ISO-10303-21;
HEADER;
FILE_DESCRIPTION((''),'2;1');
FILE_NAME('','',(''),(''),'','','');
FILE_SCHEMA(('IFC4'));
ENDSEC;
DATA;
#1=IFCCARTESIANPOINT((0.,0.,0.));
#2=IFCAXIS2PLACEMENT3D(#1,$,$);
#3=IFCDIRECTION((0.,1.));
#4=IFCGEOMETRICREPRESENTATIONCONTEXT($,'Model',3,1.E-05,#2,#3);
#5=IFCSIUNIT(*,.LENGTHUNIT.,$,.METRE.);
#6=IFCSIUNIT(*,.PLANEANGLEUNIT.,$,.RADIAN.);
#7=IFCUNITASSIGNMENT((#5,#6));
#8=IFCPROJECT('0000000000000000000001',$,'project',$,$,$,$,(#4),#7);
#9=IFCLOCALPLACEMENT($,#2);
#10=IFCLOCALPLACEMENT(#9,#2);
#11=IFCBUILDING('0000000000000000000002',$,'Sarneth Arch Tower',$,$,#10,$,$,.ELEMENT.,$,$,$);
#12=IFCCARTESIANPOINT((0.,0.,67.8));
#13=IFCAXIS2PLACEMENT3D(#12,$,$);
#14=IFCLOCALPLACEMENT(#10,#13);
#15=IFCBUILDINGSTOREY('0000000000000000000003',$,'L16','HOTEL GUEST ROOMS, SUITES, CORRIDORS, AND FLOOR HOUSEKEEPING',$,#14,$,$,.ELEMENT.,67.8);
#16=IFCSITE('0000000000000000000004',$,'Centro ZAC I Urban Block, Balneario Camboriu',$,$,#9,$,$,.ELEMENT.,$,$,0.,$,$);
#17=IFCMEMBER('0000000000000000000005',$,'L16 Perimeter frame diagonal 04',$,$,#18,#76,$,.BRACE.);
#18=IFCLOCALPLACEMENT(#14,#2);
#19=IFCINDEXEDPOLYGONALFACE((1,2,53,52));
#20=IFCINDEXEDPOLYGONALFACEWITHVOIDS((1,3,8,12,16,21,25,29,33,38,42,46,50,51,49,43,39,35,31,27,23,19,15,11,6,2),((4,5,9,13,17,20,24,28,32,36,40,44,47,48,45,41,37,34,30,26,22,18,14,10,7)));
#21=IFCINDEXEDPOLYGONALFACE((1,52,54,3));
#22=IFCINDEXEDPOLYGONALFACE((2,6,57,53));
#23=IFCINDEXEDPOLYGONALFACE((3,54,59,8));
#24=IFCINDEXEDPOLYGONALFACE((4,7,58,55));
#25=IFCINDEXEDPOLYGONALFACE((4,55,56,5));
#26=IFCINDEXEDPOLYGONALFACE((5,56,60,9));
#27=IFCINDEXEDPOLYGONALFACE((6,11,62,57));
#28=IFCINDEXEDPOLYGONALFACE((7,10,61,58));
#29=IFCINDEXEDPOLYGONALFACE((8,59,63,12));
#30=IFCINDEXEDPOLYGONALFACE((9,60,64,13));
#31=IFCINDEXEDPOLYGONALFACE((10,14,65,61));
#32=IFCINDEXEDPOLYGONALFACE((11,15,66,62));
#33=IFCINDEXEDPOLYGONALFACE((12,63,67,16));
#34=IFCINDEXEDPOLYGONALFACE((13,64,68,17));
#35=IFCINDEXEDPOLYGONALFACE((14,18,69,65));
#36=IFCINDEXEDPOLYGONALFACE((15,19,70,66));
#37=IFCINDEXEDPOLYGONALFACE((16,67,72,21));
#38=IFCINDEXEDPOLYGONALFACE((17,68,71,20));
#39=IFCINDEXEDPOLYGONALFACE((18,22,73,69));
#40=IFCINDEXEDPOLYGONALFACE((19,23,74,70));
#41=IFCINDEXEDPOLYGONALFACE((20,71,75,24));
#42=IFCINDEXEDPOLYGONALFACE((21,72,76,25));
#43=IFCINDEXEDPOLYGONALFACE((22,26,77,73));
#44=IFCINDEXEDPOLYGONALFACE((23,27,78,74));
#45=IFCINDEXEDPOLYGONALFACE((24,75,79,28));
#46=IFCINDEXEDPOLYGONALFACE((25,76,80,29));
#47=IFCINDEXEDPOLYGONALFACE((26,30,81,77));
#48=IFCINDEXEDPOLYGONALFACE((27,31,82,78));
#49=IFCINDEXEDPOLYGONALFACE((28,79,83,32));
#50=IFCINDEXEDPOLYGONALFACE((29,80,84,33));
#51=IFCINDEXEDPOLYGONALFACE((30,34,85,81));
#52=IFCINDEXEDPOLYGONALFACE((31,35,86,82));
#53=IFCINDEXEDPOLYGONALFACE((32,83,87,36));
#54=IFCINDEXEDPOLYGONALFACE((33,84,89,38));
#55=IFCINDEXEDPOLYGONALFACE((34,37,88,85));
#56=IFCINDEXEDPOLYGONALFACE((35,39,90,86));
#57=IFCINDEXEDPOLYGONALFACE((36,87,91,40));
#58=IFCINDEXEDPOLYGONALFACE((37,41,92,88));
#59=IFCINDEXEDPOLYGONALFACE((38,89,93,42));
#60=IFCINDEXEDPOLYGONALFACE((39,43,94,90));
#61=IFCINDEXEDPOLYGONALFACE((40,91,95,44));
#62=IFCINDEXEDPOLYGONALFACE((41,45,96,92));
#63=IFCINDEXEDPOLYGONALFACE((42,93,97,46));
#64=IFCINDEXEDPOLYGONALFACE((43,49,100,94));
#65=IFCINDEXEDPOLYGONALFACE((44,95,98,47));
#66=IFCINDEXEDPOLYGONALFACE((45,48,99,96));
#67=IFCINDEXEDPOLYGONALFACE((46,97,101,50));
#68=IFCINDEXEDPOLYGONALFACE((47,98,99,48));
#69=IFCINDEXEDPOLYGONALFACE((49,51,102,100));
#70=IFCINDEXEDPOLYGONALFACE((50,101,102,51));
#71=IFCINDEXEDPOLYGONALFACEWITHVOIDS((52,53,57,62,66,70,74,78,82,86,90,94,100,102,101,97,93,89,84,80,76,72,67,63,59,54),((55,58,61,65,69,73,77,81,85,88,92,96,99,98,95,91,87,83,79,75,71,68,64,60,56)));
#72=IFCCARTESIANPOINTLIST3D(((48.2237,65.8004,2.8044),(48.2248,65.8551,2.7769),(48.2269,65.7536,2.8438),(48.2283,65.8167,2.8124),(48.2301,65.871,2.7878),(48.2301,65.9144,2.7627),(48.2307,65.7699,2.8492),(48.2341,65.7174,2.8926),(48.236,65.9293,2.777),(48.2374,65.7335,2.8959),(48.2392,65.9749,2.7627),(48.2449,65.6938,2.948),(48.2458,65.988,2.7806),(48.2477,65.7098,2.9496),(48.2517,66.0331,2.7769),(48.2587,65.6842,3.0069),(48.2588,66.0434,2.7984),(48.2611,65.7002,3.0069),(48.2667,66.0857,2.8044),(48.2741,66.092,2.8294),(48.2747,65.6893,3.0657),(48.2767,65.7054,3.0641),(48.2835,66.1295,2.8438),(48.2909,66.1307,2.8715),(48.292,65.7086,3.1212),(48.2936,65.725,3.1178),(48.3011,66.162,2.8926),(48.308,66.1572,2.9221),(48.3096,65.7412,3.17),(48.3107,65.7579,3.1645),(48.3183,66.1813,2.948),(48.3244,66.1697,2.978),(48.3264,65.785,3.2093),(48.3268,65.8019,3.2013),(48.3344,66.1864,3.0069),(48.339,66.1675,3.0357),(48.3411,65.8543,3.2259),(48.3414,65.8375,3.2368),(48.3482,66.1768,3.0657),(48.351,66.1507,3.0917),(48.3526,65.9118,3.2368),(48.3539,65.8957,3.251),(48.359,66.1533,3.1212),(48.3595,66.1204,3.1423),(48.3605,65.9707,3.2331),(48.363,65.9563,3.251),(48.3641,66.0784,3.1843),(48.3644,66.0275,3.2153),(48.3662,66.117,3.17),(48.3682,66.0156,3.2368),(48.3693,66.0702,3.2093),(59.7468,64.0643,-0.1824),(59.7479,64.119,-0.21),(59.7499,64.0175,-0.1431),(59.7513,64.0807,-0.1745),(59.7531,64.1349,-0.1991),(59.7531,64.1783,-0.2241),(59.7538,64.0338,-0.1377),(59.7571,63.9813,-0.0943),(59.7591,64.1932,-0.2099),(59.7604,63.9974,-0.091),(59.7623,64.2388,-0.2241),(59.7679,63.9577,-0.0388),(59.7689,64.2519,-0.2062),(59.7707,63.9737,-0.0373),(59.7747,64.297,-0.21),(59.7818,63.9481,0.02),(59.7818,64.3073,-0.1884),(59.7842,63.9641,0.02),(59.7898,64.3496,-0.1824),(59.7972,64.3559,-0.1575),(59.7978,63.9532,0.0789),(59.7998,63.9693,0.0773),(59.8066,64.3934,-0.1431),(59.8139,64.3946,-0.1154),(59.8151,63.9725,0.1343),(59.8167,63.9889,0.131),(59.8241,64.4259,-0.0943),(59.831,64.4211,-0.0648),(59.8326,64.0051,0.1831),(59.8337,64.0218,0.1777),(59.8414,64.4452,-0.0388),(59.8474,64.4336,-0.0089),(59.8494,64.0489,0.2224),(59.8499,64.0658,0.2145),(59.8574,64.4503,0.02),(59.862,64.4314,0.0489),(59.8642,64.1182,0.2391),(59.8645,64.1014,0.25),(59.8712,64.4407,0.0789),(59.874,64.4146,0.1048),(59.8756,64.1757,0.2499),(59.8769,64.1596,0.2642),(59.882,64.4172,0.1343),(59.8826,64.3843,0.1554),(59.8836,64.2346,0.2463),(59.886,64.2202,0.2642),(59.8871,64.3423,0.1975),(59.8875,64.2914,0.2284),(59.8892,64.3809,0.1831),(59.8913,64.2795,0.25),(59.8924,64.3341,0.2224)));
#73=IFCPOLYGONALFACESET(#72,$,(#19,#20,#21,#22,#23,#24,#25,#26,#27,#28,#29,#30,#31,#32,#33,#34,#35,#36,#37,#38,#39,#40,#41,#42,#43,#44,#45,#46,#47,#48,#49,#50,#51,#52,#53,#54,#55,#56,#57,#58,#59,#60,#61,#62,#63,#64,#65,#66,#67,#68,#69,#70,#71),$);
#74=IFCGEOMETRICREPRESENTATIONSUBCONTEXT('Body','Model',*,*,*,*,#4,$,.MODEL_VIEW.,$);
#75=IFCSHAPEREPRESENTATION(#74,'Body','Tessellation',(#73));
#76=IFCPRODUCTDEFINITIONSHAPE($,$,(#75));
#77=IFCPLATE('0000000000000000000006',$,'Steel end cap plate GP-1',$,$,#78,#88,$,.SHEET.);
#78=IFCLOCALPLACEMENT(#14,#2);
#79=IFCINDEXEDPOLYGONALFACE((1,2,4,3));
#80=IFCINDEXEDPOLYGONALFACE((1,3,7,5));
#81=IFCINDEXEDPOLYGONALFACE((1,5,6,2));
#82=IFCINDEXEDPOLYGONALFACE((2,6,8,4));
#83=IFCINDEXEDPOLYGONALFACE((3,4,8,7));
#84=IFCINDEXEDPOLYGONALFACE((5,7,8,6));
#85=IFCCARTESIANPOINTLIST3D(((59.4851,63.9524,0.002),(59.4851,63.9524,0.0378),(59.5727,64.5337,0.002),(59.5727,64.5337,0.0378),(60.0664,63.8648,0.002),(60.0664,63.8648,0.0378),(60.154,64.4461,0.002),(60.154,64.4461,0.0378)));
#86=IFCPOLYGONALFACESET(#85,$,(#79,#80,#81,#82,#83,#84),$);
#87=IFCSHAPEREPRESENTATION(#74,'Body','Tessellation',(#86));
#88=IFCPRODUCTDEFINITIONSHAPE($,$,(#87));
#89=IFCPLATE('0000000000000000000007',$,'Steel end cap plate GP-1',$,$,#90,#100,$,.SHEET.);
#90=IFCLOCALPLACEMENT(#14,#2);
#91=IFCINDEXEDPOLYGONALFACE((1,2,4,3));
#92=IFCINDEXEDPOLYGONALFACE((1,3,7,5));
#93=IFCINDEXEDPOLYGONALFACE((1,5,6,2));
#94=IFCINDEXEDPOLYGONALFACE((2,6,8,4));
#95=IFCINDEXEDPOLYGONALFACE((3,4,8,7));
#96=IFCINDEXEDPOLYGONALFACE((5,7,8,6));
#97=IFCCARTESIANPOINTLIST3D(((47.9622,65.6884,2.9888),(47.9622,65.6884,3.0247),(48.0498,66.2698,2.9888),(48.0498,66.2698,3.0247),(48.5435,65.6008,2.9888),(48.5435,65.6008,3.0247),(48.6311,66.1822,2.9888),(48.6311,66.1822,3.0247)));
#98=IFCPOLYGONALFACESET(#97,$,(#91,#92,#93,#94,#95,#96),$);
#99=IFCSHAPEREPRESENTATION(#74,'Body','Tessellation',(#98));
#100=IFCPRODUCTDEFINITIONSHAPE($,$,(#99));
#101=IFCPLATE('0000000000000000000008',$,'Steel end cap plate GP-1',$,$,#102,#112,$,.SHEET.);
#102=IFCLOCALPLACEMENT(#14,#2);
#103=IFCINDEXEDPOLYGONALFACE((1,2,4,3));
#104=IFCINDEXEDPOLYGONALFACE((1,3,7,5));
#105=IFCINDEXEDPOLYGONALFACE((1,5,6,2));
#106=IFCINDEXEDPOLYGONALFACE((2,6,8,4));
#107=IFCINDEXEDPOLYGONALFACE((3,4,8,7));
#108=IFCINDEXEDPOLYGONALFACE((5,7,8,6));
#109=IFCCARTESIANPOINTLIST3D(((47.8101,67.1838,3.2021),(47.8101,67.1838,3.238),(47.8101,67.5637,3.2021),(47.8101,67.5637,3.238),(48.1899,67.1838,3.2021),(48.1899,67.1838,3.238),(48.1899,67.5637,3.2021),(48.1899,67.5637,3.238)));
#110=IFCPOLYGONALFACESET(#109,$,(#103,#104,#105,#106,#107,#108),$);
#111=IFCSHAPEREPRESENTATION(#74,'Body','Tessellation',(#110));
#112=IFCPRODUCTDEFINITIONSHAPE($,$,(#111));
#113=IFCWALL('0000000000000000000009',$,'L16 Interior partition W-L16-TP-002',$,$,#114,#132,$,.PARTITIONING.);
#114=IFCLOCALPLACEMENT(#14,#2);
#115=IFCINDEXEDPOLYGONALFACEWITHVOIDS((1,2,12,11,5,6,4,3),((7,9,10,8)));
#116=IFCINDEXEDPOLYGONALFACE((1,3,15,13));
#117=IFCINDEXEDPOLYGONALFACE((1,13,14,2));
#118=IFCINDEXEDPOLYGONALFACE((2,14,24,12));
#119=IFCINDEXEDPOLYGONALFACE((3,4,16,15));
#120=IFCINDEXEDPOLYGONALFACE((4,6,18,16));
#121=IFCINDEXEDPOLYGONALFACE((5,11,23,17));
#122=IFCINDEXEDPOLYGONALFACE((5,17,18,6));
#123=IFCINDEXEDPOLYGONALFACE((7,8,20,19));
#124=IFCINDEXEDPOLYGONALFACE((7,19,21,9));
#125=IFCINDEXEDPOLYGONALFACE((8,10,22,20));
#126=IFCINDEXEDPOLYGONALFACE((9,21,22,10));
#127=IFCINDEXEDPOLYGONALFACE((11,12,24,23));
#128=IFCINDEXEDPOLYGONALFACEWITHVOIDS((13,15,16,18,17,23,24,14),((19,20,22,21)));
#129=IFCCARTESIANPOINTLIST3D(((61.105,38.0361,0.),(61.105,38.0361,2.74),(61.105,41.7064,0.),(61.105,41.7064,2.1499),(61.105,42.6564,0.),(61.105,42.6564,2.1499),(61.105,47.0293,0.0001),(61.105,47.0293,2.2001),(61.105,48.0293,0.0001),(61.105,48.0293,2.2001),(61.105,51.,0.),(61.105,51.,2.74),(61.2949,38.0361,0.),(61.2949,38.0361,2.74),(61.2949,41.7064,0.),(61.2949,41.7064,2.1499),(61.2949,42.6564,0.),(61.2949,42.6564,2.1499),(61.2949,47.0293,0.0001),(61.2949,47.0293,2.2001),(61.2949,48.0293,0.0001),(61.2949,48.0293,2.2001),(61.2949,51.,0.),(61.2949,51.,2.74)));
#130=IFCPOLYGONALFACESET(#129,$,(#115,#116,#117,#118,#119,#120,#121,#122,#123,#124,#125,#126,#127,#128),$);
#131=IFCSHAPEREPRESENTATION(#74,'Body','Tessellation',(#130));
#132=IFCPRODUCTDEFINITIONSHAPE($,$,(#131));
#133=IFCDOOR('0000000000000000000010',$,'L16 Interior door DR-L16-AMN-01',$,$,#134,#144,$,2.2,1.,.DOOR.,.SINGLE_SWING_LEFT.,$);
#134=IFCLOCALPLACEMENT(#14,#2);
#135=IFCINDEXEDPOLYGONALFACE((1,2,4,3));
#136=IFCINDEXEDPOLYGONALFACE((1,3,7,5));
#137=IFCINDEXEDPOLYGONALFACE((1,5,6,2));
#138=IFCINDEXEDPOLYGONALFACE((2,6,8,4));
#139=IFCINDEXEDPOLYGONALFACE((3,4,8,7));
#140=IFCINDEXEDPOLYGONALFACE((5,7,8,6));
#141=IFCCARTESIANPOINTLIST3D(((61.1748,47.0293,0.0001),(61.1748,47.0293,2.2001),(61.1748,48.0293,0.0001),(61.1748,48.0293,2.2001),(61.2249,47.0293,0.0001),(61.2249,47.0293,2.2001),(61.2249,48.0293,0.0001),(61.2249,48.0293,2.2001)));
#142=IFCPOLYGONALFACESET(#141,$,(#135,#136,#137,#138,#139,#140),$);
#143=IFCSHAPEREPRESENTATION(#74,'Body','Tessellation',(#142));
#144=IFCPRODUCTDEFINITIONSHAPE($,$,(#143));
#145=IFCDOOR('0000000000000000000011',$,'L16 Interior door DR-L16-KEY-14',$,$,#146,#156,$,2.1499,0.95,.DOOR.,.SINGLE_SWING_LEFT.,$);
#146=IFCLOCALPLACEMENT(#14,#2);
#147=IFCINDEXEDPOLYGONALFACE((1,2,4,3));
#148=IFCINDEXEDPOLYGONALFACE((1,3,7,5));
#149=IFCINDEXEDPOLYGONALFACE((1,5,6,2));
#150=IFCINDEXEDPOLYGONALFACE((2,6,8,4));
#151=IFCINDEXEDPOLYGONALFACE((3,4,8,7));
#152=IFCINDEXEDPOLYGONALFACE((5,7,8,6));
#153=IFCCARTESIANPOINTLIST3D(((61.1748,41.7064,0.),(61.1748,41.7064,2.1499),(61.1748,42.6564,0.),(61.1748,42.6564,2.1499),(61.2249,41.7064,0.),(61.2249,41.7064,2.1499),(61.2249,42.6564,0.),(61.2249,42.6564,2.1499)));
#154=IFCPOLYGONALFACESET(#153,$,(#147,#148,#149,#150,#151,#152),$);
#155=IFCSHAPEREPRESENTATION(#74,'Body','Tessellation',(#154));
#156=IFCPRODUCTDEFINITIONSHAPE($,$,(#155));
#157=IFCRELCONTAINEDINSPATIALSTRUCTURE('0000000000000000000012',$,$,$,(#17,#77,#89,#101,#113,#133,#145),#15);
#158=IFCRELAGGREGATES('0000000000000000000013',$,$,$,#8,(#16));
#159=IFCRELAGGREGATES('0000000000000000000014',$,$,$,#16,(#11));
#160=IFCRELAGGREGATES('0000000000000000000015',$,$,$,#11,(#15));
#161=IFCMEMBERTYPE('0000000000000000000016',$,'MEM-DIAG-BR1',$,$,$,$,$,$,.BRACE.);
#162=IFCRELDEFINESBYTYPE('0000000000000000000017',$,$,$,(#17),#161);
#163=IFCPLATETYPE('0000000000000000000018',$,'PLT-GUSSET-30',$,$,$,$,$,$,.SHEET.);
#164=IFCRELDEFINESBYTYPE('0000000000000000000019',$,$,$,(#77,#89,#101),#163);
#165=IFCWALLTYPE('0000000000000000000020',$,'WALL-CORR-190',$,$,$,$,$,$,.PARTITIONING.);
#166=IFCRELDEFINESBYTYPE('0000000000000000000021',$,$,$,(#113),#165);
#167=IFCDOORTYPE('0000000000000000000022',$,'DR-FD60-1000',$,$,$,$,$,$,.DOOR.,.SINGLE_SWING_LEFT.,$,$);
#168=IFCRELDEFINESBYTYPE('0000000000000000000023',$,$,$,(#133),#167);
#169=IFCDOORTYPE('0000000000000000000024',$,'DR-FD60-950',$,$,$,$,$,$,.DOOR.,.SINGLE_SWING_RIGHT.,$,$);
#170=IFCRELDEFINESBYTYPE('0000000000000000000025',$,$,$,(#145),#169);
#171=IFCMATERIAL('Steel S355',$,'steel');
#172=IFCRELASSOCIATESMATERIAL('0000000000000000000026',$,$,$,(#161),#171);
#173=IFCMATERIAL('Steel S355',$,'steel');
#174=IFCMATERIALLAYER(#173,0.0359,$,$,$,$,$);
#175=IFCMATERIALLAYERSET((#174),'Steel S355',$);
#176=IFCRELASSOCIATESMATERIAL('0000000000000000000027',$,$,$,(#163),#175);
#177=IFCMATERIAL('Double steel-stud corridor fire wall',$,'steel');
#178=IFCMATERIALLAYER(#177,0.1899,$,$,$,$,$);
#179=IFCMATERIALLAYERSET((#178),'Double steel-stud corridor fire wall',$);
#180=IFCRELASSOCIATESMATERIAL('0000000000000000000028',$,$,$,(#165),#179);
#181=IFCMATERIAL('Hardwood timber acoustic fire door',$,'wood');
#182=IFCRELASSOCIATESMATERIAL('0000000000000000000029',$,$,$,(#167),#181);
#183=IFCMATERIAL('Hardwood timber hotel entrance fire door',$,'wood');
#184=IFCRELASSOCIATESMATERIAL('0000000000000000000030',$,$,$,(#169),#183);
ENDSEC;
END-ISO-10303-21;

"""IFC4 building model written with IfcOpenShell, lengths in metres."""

from ifc_helpers import new_model, si_unit, direction, frame, frame_2d, origin, origin_2d, place, context, subcontext, project, spatial, rectangle, hollow_circle, extrude, material, layer, layer_set, material_profile, profile_set, type_object, element, fill, save


model = new_model("IFC4")

# Units and contexts
model_context = context("Model", 3, precision=1e-05, world=origin(), true_north=direction((0.0, 1.0)))
body_context = subcontext(model_context, "Body", "Model", "MODEL_VIEW")
ifc_project = project(units=[si_unit("LENGTHUNIT", "METRE"), si_unit("PLANEANGLEUNIT", "RADIAN")], contexts=[model_context])

# Site, building, storey
site_placement = place(None, origin())
site = spatial("IfcSite", under=ifc_project, at=site_placement, Name="Centro ZAC I Urban Block, Balneario Camboriu", CompositionType="ELEMENT", RefElevation=0.0)
building_placement = place(site_placement, origin())
building = spatial("IfcBuilding", under=site, at=building_placement, Name="Sarneth Arch Tower", CompositionType="ELEMENT")
storey_placement = place(building_placement, frame((0.0, 0.0, 67.8)))
storey = spatial("IfcBuildingStorey", under=building, at=storey_placement, Name="L16", Description="HOTEL GUEST ROOMS, SUITES, CORRIDORS, AND FLOOR HOUSEKEEPING", CompositionType="ELEMENT", Elevation=67.8)

# Member
ifc_material_1 = material(Name="Steel S355", Category="steel")
ifc_material_profile_1 = material_profile(ifc_material_1, hollow_circle(Radius=0.2539, WallThickness=0.0161, at=origin_2d()), Name="CHS508x16")
ifc_profile_set_1 = profile_set([ifc_material_profile_1], Name="Steel S355")
member_type_1 = type_object("IfcMemberType", Name="MEM-DIAG-BR1", PredefinedType="BRACE", material=ifc_profile_set_1)
member_1_placement = place(storey_placement, frame((59.8196, 64.1992, 0.02), z_axis=(-0.957876, 0.144317, 0.248287), x_axis=(-0.148982, -0.98884, 0.0)))
element("IfcMember", 1, at=member_1_placement, inside=storey, type_object=member_type_1, Name="L16 Perimeter frame diagonal 04", PredefinedType="BRACE", context=body_context, shape_type="SweptSolid", body=[
    extrude(hollow_circle(Radius=0.2539, WallThickness=0.0161, at=origin_2d()), origin(), (0.0, 0.0, 1.0), 12.0298),
])

# Plates
ifc_material_2 = material(Name="Steel S355", Category="steel")
ifc_layer_1 = layer(ifc_material_2, 0.0359)
ifc_layer_set_1 = layer_set([ifc_layer_1], Name="Steel S355")
plate_type = type_object("IfcPlateType", Name="PLT-GUSSET-30", PredefinedType="SHEET", material=ifc_layer_set_1)
for number, where, z_axis, x_axis, name in (
    (2, (59.8196, 64.1992, 0.002), (0.0, 0.0, 1.0), (-0.988835, 0.149018, 0.0), "Steel end cap plate GP-1"),
    (3, (48.2966, 65.9353, 2.9888), (0.0, 0.0, 1.0), (-0.988835, 0.149018, 0.0), "Steel end cap plate GP-1"),
):
    element("IfcPlate", number, at=place(storey_placement, frame(where, z_axis=z_axis, x_axis=x_axis)), inside=storey, type_object=plate_type, Name=name, PredefinedType="SHEET", context=body_context, shape_type="SweptSolid", body=[
        extrude(rectangle(XDim=0.5879, YDim=0.5879, at=origin_2d()), origin(), (0.0, 0.0, 1.0), 0.0359),
    ])
plate_placement = place(storey_placement, frame((48.0, 67.3738, 3.2021), z_axis=(0.0, 0.0, 1.0), x_axis=(0.0, 1.0, 0.0)))
element("IfcPlate", 4, at=plate_placement, inside=storey, type_object=plate_type, Name="Steel end cap plate GP-1", PredefinedType="SHEET", context=body_context, shape_type="SweptSolid", body=[
    extrude(rectangle(XDim=0.3799, YDim=0.3799, at=origin_2d()), origin(), (0.0, 0.0, 1.0), 0.0359),
])

# Wall, openings, doors
ifc_material_3 = material(Name="Double steel-stud corridor fire wall", Category="steel")
ifc_layer_2 = layer(ifc_material_3, 0.1899)
ifc_layer_set_2 = layer_set([ifc_layer_2], Name="Double steel-stud corridor fire wall")
wall_type_1 = type_object("IfcWallType", Name="WALL-CORR-190", PredefinedType="PARTITIONING", material=ifc_layer_set_2)
wall_1_placement = place(storey_placement, frame((61.2, 51.0, 0.0), z_axis=(0.0, 0.0, 1.0), x_axis=(0.0, -1.0, 0.0)))
wall_1 = element("IfcWall", 5, at=wall_1_placement, inside=storey, type_object=wall_type_1, Name="L16 Interior partition W-L16-TP-002", PredefinedType="PARTITIONING", context=body_context, shape_type="SweptSolid", body=[
    extrude(rectangle(XDim=12.9639, YDim=0.1899, at=frame_2d((6.4819, 0.0))), origin(), (0.0, 0.0, 1.0), 2.74),
])
opening_1_placement = place(wall_1_placement, frame((2.9707, 0.0, 0.0)))
opening_1 = element("IfcOpeningElement", 6, at=opening_1_placement, cuts=wall_1, PredefinedType="OPENING", context=body_context, shape_type="SweptSolid", body=[
    extrude(rectangle(XDim=1.0, YDim=2.2, at=frame_2d((0.5, 1.1001))), frame((0.0, 0.105, 0.0), z_axis=(0.0, -1.0, 0.0), x_axis=(1.0, 0.0, 0.0)), (0.0, 0.0, 1.0), 0.21),
])
opening_2_placement = place(wall_1_placement, frame((8.3435, 0.0, 0.0)))
opening_2 = element("IfcOpeningElement", 7, at=opening_2_placement, cuts=wall_1, PredefinedType="OPENING", context=body_context, shape_type="SweptSolid", body=[
    extrude(rectangle(XDim=0.95, YDim=2.1499, at=frame_2d((0.4751, 1.075))), frame((0.0, 0.105, 0.0), z_axis=(0.0, -1.0, 0.0), x_axis=(1.0, 0.0, 0.0)), (0.0, 0.0, 1.0), 0.21),
])
ifc_material_4 = material(Name="Hardwood timber acoustic fire door", Category="wood")
door_type_1 = type_object("IfcDoorType", Name="DR-FD60-1000", OperationType="SINGLE_SWING_LEFT", PredefinedType="DOOR", material=ifc_material_4)
door_1_placement = place(opening_1_placement, origin())
door_1 = element("IfcDoor", 8, at=door_1_placement, inside=storey, type_object=door_type_1, Name="L16 Interior door DR-L16-AMN-01", OperationType="SINGLE_SWING_LEFT", OverallHeight=2.2, OverallWidth=1.0, PredefinedType="DOOR", context=body_context, shape_type="SweptSolid", body=[
    extrude(rectangle(XDim=1.0, YDim=2.2, at=frame_2d((0.5, 1.1001))), frame((0.0, 0.0249, 0.0), z_axis=(0.0, -1.0, 0.0), x_axis=(1.0, 0.0, 0.0)), (0.0, 0.0, 1.0), 0.05),
])
fill(opening_1, door_1)
ifc_material_5 = material(Name="Hardwood timber hotel entrance fire door", Category="wood")
door_type_2 = type_object("IfcDoorType", Name="DR-FD60-950", OperationType="SINGLE_SWING_RIGHT", PredefinedType="DOOR", material=ifc_material_5)
door_2_placement = place(opening_2_placement, origin())
door_2 = element("IfcDoor", 9, at=door_2_placement, inside=storey, type_object=door_type_2, Name="L16 Interior door DR-L16-KEY-14", OperationType="SINGLE_SWING_LEFT", OverallHeight=2.1499, OverallWidth=0.95, PredefinedType="DOOR", context=body_context, shape_type="SweptSolid", body=[
    extrude(rectangle(XDim=0.95, YDim=2.1499, at=frame_2d((0.4751, 1.075))), frame((0.0, 0.0249, 0.0), z_axis=(0.0, -1.0, 0.0), x_axis=(1.0, 0.0, 0.0)), (0.0, 0.0, 1.0), 0.05),
])
fill(opening_2, door_2)

save(model, "model.ifc")
